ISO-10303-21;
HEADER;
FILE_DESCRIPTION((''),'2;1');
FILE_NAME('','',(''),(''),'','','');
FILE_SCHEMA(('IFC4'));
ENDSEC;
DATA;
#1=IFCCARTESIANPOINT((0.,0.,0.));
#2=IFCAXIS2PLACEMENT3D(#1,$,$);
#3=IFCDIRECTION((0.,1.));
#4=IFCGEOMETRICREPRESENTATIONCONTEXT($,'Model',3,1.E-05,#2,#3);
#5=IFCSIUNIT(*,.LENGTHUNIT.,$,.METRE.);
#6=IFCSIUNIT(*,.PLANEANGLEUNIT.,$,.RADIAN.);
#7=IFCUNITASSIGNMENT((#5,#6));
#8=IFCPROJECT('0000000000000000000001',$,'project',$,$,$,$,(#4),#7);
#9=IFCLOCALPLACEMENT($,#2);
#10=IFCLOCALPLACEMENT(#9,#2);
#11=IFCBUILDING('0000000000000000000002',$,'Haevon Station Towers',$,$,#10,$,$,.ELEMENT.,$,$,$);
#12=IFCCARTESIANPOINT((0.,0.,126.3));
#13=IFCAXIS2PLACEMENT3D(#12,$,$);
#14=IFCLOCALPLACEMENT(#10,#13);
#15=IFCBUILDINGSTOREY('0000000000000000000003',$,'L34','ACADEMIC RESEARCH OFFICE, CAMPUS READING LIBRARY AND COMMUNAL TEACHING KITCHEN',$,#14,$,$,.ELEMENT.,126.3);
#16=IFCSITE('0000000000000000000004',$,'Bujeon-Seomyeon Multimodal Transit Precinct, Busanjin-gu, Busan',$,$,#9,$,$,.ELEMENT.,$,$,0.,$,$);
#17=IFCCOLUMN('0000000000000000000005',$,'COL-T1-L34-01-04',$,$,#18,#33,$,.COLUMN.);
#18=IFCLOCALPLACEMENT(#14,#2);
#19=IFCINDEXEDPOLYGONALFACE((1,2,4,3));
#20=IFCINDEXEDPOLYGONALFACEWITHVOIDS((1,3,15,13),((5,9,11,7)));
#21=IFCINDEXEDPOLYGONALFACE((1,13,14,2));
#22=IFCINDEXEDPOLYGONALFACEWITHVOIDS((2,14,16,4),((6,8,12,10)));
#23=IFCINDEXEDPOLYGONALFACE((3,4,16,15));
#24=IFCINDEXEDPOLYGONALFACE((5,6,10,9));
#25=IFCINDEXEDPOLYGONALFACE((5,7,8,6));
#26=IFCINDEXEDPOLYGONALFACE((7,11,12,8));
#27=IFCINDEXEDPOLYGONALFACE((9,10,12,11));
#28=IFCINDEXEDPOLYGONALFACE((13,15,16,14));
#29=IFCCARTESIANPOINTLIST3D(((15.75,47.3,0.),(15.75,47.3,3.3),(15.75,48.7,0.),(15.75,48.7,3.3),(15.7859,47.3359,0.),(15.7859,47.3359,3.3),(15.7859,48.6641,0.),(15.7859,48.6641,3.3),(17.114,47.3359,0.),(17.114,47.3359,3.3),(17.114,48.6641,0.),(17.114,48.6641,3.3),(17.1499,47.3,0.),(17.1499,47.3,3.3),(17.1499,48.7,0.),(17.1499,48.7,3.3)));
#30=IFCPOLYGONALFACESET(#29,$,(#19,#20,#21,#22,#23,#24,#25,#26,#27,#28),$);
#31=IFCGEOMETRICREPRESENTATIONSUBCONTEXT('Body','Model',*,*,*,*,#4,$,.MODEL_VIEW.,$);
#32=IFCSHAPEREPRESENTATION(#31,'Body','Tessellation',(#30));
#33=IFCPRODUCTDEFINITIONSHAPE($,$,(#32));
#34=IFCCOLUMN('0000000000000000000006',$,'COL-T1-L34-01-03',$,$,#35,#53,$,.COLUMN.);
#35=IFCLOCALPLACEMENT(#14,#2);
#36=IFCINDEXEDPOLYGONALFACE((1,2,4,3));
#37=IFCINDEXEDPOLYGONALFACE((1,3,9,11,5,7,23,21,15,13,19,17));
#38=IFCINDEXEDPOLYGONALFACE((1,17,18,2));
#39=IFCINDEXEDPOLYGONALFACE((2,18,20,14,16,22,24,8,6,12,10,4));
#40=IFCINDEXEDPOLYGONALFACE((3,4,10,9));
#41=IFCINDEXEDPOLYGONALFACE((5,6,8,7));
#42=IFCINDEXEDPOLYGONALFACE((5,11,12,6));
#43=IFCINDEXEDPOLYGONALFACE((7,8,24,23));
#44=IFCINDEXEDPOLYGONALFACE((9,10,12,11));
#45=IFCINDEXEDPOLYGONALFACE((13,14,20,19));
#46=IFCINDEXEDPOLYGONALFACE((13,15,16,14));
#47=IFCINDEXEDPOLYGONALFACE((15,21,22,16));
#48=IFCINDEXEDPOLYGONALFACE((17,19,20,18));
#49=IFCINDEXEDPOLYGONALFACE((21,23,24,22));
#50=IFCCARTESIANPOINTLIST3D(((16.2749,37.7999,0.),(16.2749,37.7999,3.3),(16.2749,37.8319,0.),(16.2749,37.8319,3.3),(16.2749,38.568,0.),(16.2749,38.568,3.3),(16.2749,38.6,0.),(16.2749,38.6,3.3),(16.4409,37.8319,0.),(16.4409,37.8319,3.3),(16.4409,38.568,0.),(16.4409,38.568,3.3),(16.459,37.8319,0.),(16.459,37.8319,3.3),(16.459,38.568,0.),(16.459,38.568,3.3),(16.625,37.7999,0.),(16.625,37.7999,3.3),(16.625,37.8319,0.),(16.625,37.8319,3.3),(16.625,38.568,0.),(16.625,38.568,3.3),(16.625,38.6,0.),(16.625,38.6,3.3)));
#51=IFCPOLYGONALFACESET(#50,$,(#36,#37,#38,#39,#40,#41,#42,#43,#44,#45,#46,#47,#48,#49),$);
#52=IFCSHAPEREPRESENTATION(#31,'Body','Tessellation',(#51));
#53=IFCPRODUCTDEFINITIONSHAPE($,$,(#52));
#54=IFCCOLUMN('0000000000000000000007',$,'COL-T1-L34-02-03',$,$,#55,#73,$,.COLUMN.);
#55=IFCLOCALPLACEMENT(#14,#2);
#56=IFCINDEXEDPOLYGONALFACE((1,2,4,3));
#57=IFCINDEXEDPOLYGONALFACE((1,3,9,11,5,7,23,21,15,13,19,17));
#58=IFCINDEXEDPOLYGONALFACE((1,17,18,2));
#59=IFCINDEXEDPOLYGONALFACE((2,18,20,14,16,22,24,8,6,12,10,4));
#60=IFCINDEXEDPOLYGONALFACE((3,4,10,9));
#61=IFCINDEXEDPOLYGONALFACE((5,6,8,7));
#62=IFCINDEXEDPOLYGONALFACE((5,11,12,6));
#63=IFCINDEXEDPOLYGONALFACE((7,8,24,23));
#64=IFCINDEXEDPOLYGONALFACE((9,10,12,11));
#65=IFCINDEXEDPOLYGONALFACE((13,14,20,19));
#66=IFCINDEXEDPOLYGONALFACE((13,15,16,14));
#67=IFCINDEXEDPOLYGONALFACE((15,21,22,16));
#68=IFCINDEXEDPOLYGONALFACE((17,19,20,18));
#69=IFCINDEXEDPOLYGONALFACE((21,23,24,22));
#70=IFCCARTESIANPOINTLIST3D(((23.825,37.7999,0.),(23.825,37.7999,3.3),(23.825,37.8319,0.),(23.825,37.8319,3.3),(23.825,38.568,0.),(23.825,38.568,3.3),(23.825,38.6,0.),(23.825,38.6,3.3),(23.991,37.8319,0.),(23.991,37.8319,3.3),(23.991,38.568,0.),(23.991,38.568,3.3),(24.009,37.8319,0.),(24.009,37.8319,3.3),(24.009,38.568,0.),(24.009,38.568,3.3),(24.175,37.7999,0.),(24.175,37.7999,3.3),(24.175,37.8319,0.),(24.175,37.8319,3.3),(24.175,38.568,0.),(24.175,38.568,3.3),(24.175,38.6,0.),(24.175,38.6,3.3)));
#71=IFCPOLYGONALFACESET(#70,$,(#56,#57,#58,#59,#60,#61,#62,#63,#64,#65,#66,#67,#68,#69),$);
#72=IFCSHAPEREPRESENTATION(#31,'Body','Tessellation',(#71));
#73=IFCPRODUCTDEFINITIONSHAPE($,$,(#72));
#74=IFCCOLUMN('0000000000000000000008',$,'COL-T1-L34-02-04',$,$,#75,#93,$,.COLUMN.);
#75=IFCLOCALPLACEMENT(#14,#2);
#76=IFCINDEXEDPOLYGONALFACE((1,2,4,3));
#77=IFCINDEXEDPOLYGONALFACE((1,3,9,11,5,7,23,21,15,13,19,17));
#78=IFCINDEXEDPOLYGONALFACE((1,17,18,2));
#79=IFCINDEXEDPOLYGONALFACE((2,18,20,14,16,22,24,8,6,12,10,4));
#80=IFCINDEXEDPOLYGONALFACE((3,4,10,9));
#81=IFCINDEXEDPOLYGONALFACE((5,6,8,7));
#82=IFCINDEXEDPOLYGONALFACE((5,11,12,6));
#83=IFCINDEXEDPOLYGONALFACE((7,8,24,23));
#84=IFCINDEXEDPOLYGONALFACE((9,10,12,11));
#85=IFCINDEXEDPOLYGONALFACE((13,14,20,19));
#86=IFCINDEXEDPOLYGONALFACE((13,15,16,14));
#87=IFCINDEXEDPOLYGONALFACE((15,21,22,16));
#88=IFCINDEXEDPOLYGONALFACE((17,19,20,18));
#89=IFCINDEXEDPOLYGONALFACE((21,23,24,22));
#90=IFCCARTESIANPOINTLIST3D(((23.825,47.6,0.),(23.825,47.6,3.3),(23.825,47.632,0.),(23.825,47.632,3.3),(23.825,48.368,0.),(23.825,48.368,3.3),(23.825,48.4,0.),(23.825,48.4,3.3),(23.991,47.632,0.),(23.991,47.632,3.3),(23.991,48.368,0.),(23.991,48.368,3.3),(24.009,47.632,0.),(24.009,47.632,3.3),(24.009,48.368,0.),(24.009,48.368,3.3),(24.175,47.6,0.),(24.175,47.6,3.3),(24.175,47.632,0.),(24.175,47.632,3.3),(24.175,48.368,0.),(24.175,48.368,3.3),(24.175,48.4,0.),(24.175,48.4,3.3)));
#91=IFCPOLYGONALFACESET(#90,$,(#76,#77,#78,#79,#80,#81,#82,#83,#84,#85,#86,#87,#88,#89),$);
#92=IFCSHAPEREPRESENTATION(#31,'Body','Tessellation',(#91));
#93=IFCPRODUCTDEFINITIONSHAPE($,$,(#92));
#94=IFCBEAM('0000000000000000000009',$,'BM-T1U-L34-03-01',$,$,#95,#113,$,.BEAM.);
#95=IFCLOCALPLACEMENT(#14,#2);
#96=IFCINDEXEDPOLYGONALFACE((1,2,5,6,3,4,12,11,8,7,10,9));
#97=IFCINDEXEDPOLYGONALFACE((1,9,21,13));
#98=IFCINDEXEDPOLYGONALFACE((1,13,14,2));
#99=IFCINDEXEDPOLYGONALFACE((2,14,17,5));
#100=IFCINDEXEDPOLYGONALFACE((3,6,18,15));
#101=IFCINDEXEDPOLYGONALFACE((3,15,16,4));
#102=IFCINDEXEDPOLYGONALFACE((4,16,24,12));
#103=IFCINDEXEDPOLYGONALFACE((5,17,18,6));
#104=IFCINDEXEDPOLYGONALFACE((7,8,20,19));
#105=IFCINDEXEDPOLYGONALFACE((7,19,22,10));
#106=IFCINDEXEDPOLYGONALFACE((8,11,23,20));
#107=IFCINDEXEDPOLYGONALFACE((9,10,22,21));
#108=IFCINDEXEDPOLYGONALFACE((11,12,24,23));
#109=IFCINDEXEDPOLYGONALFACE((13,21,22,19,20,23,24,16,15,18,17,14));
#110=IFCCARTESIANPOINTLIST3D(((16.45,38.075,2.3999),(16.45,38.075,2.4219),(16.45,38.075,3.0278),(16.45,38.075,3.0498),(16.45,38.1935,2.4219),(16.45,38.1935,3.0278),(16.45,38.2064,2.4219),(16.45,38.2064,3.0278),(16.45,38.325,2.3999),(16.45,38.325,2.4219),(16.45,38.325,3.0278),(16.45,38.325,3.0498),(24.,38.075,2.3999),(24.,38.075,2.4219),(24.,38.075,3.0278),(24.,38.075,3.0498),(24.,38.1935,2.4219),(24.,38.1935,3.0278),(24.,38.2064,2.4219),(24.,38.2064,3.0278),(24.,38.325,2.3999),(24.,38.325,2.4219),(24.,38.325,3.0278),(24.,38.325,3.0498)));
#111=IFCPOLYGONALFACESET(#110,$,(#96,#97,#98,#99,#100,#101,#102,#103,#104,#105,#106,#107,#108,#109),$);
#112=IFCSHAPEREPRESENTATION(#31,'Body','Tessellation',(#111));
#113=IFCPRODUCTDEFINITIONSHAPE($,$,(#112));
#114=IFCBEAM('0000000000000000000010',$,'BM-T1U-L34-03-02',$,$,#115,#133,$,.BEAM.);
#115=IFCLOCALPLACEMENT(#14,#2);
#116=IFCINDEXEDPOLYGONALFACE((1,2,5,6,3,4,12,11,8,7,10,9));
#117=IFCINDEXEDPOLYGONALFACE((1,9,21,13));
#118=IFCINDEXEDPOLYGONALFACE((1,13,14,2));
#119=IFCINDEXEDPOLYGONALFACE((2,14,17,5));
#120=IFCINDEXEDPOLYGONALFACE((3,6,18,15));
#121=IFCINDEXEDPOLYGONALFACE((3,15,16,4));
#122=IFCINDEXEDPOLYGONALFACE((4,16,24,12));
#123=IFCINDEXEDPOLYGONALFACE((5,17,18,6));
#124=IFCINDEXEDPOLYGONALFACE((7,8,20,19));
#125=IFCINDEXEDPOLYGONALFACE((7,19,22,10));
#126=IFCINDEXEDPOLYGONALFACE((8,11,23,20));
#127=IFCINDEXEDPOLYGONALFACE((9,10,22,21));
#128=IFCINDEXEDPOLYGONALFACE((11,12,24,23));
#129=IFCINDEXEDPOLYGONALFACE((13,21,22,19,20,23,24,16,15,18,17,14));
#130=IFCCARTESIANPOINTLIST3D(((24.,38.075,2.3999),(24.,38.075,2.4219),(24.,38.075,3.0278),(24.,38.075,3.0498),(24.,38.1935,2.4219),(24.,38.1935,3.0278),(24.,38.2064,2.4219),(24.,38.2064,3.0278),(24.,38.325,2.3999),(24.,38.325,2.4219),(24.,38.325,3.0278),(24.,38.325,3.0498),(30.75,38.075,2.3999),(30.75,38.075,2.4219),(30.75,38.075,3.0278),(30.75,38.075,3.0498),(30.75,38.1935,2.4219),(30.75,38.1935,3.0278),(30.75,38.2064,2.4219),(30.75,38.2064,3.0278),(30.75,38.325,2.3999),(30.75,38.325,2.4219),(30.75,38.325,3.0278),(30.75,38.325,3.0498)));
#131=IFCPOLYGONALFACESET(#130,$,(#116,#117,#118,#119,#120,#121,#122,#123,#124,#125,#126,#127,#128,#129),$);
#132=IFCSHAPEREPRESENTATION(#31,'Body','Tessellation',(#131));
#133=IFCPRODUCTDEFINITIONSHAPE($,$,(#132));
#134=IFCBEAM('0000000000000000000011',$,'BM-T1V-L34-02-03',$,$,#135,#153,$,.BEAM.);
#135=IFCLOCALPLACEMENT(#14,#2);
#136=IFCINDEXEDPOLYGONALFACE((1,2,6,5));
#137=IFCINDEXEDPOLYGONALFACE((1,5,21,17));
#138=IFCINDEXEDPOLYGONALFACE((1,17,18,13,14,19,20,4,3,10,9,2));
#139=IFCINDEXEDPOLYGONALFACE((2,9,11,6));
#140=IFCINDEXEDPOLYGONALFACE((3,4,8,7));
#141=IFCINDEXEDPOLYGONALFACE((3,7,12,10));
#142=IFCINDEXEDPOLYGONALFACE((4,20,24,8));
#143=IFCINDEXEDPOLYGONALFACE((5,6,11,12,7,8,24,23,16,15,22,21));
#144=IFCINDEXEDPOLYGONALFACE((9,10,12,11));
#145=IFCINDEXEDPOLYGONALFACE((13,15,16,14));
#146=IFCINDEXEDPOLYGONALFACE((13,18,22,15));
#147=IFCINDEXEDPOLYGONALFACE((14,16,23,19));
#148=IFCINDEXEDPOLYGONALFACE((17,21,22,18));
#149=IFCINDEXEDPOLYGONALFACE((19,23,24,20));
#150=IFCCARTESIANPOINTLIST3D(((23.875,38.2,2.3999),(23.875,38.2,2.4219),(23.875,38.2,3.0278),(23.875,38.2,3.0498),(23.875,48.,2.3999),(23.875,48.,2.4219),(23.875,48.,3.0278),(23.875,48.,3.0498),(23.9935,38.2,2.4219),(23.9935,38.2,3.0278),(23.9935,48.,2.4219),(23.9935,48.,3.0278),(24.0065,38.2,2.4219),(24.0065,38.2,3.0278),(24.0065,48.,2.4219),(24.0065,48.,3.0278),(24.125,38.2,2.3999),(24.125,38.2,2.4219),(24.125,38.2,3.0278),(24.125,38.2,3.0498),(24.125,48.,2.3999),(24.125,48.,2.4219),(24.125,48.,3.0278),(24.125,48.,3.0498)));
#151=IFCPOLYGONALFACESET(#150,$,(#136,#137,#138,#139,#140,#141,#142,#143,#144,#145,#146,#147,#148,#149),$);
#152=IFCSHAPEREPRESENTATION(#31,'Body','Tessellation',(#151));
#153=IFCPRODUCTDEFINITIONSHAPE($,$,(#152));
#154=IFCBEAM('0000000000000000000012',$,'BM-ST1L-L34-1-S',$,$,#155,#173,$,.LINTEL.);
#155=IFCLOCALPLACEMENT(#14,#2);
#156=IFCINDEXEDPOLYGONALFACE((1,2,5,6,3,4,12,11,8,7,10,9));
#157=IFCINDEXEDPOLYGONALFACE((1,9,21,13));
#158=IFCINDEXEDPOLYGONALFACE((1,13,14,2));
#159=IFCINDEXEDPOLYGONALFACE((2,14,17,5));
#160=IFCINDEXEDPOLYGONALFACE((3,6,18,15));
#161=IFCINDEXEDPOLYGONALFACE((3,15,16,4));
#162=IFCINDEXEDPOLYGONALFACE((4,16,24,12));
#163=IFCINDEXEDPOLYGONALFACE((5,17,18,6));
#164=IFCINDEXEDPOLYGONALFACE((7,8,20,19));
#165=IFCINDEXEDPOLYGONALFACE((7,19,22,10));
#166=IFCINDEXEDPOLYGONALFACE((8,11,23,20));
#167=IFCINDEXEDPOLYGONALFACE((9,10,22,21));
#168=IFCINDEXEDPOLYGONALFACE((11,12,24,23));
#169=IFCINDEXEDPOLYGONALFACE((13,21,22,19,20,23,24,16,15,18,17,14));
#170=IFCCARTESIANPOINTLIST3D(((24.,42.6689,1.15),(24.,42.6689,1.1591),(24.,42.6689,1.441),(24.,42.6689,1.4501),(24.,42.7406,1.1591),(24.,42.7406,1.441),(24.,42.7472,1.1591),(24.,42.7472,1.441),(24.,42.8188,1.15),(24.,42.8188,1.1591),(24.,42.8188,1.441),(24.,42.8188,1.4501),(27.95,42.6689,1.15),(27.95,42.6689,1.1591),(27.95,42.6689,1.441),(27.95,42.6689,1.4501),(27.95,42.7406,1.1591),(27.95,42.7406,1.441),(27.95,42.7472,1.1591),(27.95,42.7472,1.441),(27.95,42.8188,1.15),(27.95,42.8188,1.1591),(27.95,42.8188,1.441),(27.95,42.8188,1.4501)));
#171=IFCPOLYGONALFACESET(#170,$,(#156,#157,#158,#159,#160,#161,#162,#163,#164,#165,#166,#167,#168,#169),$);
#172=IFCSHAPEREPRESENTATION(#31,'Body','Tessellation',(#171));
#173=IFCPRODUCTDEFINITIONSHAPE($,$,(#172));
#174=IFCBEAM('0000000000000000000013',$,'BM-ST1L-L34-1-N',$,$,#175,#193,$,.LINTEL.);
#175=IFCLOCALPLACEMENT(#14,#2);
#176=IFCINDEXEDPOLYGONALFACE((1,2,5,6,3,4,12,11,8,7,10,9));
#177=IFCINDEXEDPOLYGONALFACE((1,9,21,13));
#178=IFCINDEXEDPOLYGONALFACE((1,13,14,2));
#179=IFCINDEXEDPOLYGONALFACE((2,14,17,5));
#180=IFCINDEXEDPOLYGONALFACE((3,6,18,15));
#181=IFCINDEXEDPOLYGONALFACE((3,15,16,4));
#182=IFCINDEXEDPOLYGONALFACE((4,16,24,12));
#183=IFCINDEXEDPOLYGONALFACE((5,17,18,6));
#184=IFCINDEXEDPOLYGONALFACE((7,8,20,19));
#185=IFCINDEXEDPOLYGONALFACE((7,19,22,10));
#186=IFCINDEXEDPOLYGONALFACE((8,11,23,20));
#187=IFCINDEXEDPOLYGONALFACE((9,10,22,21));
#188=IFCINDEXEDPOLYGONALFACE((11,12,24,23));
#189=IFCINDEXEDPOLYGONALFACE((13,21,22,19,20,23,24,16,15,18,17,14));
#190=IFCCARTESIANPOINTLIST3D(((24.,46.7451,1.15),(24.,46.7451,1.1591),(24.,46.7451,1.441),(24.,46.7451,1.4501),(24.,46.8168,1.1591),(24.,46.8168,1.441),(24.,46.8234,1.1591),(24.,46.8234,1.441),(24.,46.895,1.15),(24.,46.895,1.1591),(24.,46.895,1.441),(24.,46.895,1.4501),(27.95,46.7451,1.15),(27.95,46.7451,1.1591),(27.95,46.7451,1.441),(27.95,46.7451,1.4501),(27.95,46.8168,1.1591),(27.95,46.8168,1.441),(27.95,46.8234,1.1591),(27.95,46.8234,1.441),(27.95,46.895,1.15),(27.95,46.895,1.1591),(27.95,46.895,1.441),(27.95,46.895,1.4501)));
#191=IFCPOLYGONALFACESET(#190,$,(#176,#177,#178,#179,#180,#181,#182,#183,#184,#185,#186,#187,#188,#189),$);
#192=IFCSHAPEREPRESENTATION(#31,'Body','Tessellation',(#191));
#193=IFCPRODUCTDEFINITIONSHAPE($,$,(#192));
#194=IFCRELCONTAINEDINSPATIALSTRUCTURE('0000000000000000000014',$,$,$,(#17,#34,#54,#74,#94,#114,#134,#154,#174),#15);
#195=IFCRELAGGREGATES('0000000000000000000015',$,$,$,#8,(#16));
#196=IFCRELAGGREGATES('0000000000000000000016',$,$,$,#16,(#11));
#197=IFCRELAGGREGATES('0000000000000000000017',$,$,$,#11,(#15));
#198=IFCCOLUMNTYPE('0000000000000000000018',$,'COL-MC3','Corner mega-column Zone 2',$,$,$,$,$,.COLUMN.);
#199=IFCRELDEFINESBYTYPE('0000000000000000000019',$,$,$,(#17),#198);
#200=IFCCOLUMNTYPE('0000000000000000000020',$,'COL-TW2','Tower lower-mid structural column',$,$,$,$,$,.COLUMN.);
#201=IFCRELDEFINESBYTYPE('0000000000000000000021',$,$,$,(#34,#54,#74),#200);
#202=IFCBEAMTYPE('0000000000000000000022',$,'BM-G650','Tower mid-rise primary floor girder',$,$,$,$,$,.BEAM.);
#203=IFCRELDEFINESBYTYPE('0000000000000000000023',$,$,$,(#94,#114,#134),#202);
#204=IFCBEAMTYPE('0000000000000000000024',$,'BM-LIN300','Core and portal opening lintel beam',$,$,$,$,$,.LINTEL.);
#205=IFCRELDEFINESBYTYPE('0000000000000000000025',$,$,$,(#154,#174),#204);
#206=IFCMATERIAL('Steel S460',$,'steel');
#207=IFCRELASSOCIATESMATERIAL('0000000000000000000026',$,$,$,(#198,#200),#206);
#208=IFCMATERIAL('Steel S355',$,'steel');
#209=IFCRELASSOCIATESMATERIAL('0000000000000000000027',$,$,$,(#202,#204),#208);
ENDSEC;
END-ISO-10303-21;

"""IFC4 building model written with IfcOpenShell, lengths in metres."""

from ifc_helpers import new_model, si_unit, direction, frame, origin, origin_2d, place, context, subcontext, project, spatial, hollow_rectangle, i_section, extrude, material, material_profile, profile_set, type_object, element, save


model = new_model("IFC4")

# Units and contexts
model_context = context("Model", 3, precision=1e-05, world=origin(), true_north=direction((0.0, 1.0)))
body_context = subcontext(model_context, "Body", "Model", "MODEL_VIEW")
ifc_project = project(units=[si_unit("LENGTHUNIT", "METRE"), si_unit("PLANEANGLEUNIT", "RADIAN")], contexts=[model_context])

# Site, building, storey
site_placement = place(None, origin())
site = spatial("IfcSite", under=ifc_project, at=site_placement, Name="Bujeon-Seomyeon Multimodal Transit Precinct, Busanjin-gu, Busan", CompositionType="ELEMENT", RefElevation=0.0)
building_placement = place(site_placement, origin())
building = spatial("IfcBuilding", under=site, at=building_placement, Name="Haevon Station Towers", CompositionType="ELEMENT")
storey_placement = place(building_placement, frame((0.0, 0.0, 126.3)))
storey = spatial("IfcBuildingStorey", under=building, at=storey_placement, Name="L34", Description="ACADEMIC RESEARCH OFFICE, CAMPUS READING LIBRARY AND COMMUNAL TEACHING KITCHEN", CompositionType="ELEMENT", Elevation=126.3)

# Columns
ifc_material_1 = material(Name="Steel S460", Category="steel")
ifc_material_profile_1 = material_profile(ifc_material_1, hollow_rectangle(XDim=1.3999, YDim=1.3999, WallThickness=0.0359, at=origin_2d()), Name="BOX-1400x1400x36")
ifc_profile_set_1 = profile_set([ifc_material_profile_1], Name="Steel S460")
column_type_1 = type_object("IfcColumnType", Name="COL-MC3", Description="Corner mega-column Zone 2", PredefinedType="COLUMN", material=ifc_profile_set_1)
column_placement = place(storey_placement, frame((16.45, 48.0, 0.0), z_axis=(0.0, 0.0, 1.0), x_axis=(1.0, 0.0, 0.0)))
element("IfcColumn", 1, at=column_placement, inside=storey, type_object=column_type_1, Name="COL-T1-L34-01-04", PredefinedType="COLUMN", context=body_context, shape_type="SweptSolid", body=[
    extrude(hollow_rectangle(XDim=1.3999, YDim=1.3999, WallThickness=0.0359, at=origin_2d()), origin(), (0.0, 0.0, 1.0), 3.3),
])
ifc_material_profile_2 = material_profile(ifc_material_1, i_section(OverallWidth=0.3501, OverallDepth=0.8, WebThickness=0.0181, FlangeThickness=0.032, at=origin_2d()), Name="H-800x350x18x32")
ifc_profile_set_2 = profile_set([ifc_material_profile_2], Name="Steel S460")
column_type_2 = type_object("IfcColumnType", Name="COL-TW2", Description="Tower lower-mid structural column", PredefinedType="COLUMN", material=ifc_profile_set_2)
for number, where, z_axis, x_axis, name in (
    (2, (16.45, 38.2, 0.0), (0.0, 0.0, 1.0), (1.0, 0.0, 0.0), "COL-T1-L34-01-03"),
    (3, (24.0, 38.2, 0.0), (0.0, 0.0, 1.0), (1.0, 0.0, 0.0), "COL-T1-L34-02-03"),
    (4, (24.0, 48.0, 0.0), (0.0, 0.0, 1.0), (1.0, 0.0, 0.0), "COL-T1-L34-02-04"),
):
    element("IfcColumn", number, at=place(storey_placement, frame(where, z_axis=z_axis, x_axis=x_axis)), inside=storey, type_object=column_type_2, Name=name, PredefinedType="COLUMN", context=body_context, shape_type="SweptSolid", body=[
        extrude(i_section(OverallWidth=0.3501, OverallDepth=0.8, WebThickness=0.0181, FlangeThickness=0.032, at=origin_2d()), origin(), (0.0, 0.0, 1.0), 3.3),
    ])

# Beams
ifc_material_2 = material(Name="Steel S355", Category="steel")
ifc_material_profile_3 = material_profile(ifc_material_2, i_section(OverallWidth=0.25, OverallDepth=0.6499, WebThickness=0.0129, FlangeThickness=0.022, at=origin_2d()), Name="H-650x250x13x22")
ifc_profile_set_3 = profile_set([ifc_material_profile_3], Name="Steel S355")
beam_type_1 = type_object("IfcBeamType", Name="BM-G650", Description="Tower mid-rise primary floor girder", PredefinedType="BEAM", material=ifc_profile_set_3)
beam_1_placement = place(storey_placement, frame((16.45, 38.2, 2.7249), z_axis=(1.0, 0.0, 0.0), x_axis=(0.0, 1.0, 0.0)))
element("IfcBeam", 5, at=beam_1_placement, inside=storey, type_object=beam_type_1, Name="BM-T1U-L34-03-01", PredefinedType="BEAM", context=body_context, shape_type="SweptSolid", body=[
    extrude(i_section(OverallWidth=0.25, OverallDepth=0.6499, WebThickness=0.0129, FlangeThickness=0.022, at=origin_2d()), origin(), (0.0, 0.0, 1.0), 7.55),
])
beam_2_placement = place(storey_placement, frame((24.0, 38.2, 2.7249), z_axis=(1.0, 0.0, 0.0), x_axis=(0.0, 1.0, 0.0)))
element("IfcBeam", 6, at=beam_2_placement, inside=storey, type_object=beam_type_1, Name="BM-T1U-L34-03-02", PredefinedType="BEAM", context=body_context, shape_type="SweptSolid", body=[
    extrude(i_section(OverallWidth=0.25, OverallDepth=0.6499, WebThickness=0.0129, FlangeThickness=0.022, at=origin_2d()), origin(), (0.0, 0.0, 1.0), 6.75),
])
beam_3_placement = place(storey_placement, frame((24.0, 38.2, 2.7249), z_axis=(0.0, 1.0, 0.0), x_axis=(-1.0, 0.0, 0.0)))
element("IfcBeam", 7, at=beam_3_placement, inside=storey, type_object=beam_type_1, Name="BM-T1V-L34-02-03", PredefinedType="BEAM", context=body_context, shape_type="SweptSolid", body=[
    extrude(i_section(OverallWidth=0.25, OverallDepth=0.6499, WebThickness=0.0129, FlangeThickness=0.022, at=origin_2d()), origin(), (0.0, 0.0, 1.0), 9.8),
])
ifc_material_profile_4 = material_profile(ifc_material_2, i_section(OverallWidth=0.1499, OverallDepth=0.3, WebThickness=0.0066, FlangeThickness=0.009, at=origin_2d()), Name="H-300x150x6.5x9")
ifc_profile_set_4 = profile_set([ifc_material_profile_4], Name="Steel S355")
beam_type_2 = type_object("IfcBeamType", Name="BM-LIN300", Description="Core and portal opening lintel beam", PredefinedType="LINTEL", material=ifc_profile_set_4)
for number, where, z_axis, x_axis, name in (
    (8, (24.0, 42.7439, 1.3), (1.0, 0.0, 0.0), (0.0, 1.0, 0.0), "BM-ST1L-L34-1-S"),
    (9, (24.0, 46.8201, 1.3), (1.0, 0.0, 0.0), (0.0, 1.0, 0.0), "BM-ST1L-L34-1-N"),
):
    element("IfcBeam", number, at=place(storey_placement, frame(where, z_axis=z_axis, x_axis=x_axis)), inside=storey, type_object=beam_type_2, Name=name, PredefinedType="LINTEL", context=body_context, shape_type="SweptSolid", body=[
        extrude(i_section(OverallWidth=0.1499, OverallDepth=0.3, WebThickness=0.0066, FlangeThickness=0.009, at=origin_2d()), origin(), (0.0, 0.0, 1.0), 3.95),
    ])

save(model, "model.ifc")
